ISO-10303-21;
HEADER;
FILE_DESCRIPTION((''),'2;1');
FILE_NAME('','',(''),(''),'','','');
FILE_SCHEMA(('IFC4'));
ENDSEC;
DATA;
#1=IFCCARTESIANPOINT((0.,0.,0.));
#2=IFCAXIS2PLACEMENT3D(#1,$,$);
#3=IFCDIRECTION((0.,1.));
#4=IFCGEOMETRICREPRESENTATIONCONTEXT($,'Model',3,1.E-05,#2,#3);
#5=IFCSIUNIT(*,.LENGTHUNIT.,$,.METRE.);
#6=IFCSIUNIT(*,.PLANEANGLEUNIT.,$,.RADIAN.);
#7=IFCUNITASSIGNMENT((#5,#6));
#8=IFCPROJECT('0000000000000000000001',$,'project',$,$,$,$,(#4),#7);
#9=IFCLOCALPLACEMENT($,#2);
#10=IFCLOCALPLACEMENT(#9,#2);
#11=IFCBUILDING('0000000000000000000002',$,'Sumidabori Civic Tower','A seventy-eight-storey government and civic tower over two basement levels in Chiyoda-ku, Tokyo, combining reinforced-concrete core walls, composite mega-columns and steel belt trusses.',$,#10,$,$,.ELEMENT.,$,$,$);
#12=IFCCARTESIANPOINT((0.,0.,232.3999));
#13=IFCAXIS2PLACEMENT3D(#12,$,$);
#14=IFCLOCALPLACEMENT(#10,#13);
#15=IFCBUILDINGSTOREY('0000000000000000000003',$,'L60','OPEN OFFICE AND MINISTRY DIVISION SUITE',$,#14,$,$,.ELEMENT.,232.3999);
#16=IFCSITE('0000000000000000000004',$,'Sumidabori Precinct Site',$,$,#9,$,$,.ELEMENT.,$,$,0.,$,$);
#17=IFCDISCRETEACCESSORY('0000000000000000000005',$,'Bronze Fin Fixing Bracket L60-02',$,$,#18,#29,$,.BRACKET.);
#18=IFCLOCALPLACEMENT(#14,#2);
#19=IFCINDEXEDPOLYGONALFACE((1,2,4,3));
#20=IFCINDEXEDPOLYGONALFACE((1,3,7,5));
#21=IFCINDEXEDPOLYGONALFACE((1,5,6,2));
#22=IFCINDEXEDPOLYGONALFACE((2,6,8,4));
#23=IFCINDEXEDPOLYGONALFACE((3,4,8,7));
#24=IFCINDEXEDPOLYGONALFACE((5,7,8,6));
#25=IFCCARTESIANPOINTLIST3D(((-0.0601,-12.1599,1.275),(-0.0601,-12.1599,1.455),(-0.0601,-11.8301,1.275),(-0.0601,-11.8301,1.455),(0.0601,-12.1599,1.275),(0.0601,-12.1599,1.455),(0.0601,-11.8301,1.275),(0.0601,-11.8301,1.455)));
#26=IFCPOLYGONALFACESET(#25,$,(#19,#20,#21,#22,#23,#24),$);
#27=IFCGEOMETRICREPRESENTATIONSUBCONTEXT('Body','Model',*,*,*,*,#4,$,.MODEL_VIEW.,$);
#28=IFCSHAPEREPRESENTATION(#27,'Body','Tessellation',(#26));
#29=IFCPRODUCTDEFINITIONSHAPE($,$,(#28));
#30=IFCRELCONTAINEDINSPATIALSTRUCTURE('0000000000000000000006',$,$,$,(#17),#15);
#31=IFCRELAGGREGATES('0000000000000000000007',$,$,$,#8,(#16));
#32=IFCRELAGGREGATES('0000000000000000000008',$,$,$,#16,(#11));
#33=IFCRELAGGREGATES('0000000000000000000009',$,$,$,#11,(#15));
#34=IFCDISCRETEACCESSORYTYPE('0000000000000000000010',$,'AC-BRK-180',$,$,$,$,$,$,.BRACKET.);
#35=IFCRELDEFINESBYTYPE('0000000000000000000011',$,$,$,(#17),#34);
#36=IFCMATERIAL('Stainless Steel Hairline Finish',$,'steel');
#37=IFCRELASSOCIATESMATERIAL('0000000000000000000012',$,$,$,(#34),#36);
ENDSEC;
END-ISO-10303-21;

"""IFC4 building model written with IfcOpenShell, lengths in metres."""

from ifc_helpers import new_model, si_unit, direction, frame, origin, origin_2d, place, context, subcontext, project, spatial, rectangle, extrude, source, transform, mapped, material, material_profile, profile_set, type_object, element, save


model = new_model("IFC4")

# Units and contexts
model_context = context("Model", 3, precision=1e-05, world=origin(), true_north=direction((0.0, 1.0)))
body_context = subcontext(model_context, "Body", "Model", "MODEL_VIEW")
ifc_project = project(units=[si_unit("LENGTHUNIT", "METRE"), si_unit("PLANEANGLEUNIT", "RADIAN")], contexts=[model_context])

# Site, building, storey
site_placement = place(None, origin())
site = spatial("IfcSite", under=ifc_project, at=site_placement, Name="Sumidabori Precinct Site", CompositionType="ELEMENT", RefElevation=0.0)
building_placement = place(site_placement, origin())
building = spatial("IfcBuilding", under=site, at=building_placement, Name="Sumidabori Civic Tower", Description="A seventy-eight-storey government and civic tower over two basement levels in Chiyoda-ku, Tokyo, combining reinforced-concrete core walls, composite mega-columns and steel belt trusses.", CompositionType="ELEMENT")
storey_placement = place(building_placement, frame((0.0, 0.0, 232.3999)))
storey = spatial("IfcBuildingStorey", under=building, at=storey_placement, Name="L60", Description="OPEN OFFICE AND MINISTRY DIVISION SUITE", CompositionType="ELEMENT", Elevation=232.3999)

# Discrete accessory
ifc_material_1 = material(Name="Stainless Steel Hairline Finish", Category="steel")
ifc_material_profile_1 = material_profile(ifc_material_1, rectangle(XDim=0.1201, YDim=0.1799, at=origin_2d()), Name="STEEL BRACKET 180x120")
ifc_profile_set_1 = profile_set([ifc_material_profile_1], Name="Stainless Steel Hairline Finish")
discrete_accessory_type = type_object("IfcDiscreteAccessoryType", Name="AC-BRK-180", PredefinedType="BRACKET", material=ifc_profile_set_1)
shared_shape_1 = source(origin(), body_context, "Body", "SweptSolid", [
    extrude(rectangle(XDim=0.1201, YDim=0.1799, at=origin_2d()), origin(), (0.0, 0.0, 1.0), 0.3298),
])
discrete_accessory_placement = place(storey_placement, frame((0.0, -11.8301, 1.365), z_axis=(0.0, -1.0, 0.0), x_axis=(1.0, 0.0, 0.0)))
element("IfcDiscreteAccessory", 1, at=discrete_accessory_placement, inside=storey, type_object=discrete_accessory_type, Name="Bronze Fin Fixing Bracket L60-02", PredefinedType="BRACKET", context=body_context, shape_type="MappedRepresentation", body=[
    mapped(shared_shape_1, transform((0.0, 0.0, 0.0), x_axis=(1.0, 0.0, 0.0), y_axis=(0.0, 1.0, 0.0), z_axis=(0.0, 0.0, 1.0), scale=1.0)),
])

save(model, "model.ifc")
